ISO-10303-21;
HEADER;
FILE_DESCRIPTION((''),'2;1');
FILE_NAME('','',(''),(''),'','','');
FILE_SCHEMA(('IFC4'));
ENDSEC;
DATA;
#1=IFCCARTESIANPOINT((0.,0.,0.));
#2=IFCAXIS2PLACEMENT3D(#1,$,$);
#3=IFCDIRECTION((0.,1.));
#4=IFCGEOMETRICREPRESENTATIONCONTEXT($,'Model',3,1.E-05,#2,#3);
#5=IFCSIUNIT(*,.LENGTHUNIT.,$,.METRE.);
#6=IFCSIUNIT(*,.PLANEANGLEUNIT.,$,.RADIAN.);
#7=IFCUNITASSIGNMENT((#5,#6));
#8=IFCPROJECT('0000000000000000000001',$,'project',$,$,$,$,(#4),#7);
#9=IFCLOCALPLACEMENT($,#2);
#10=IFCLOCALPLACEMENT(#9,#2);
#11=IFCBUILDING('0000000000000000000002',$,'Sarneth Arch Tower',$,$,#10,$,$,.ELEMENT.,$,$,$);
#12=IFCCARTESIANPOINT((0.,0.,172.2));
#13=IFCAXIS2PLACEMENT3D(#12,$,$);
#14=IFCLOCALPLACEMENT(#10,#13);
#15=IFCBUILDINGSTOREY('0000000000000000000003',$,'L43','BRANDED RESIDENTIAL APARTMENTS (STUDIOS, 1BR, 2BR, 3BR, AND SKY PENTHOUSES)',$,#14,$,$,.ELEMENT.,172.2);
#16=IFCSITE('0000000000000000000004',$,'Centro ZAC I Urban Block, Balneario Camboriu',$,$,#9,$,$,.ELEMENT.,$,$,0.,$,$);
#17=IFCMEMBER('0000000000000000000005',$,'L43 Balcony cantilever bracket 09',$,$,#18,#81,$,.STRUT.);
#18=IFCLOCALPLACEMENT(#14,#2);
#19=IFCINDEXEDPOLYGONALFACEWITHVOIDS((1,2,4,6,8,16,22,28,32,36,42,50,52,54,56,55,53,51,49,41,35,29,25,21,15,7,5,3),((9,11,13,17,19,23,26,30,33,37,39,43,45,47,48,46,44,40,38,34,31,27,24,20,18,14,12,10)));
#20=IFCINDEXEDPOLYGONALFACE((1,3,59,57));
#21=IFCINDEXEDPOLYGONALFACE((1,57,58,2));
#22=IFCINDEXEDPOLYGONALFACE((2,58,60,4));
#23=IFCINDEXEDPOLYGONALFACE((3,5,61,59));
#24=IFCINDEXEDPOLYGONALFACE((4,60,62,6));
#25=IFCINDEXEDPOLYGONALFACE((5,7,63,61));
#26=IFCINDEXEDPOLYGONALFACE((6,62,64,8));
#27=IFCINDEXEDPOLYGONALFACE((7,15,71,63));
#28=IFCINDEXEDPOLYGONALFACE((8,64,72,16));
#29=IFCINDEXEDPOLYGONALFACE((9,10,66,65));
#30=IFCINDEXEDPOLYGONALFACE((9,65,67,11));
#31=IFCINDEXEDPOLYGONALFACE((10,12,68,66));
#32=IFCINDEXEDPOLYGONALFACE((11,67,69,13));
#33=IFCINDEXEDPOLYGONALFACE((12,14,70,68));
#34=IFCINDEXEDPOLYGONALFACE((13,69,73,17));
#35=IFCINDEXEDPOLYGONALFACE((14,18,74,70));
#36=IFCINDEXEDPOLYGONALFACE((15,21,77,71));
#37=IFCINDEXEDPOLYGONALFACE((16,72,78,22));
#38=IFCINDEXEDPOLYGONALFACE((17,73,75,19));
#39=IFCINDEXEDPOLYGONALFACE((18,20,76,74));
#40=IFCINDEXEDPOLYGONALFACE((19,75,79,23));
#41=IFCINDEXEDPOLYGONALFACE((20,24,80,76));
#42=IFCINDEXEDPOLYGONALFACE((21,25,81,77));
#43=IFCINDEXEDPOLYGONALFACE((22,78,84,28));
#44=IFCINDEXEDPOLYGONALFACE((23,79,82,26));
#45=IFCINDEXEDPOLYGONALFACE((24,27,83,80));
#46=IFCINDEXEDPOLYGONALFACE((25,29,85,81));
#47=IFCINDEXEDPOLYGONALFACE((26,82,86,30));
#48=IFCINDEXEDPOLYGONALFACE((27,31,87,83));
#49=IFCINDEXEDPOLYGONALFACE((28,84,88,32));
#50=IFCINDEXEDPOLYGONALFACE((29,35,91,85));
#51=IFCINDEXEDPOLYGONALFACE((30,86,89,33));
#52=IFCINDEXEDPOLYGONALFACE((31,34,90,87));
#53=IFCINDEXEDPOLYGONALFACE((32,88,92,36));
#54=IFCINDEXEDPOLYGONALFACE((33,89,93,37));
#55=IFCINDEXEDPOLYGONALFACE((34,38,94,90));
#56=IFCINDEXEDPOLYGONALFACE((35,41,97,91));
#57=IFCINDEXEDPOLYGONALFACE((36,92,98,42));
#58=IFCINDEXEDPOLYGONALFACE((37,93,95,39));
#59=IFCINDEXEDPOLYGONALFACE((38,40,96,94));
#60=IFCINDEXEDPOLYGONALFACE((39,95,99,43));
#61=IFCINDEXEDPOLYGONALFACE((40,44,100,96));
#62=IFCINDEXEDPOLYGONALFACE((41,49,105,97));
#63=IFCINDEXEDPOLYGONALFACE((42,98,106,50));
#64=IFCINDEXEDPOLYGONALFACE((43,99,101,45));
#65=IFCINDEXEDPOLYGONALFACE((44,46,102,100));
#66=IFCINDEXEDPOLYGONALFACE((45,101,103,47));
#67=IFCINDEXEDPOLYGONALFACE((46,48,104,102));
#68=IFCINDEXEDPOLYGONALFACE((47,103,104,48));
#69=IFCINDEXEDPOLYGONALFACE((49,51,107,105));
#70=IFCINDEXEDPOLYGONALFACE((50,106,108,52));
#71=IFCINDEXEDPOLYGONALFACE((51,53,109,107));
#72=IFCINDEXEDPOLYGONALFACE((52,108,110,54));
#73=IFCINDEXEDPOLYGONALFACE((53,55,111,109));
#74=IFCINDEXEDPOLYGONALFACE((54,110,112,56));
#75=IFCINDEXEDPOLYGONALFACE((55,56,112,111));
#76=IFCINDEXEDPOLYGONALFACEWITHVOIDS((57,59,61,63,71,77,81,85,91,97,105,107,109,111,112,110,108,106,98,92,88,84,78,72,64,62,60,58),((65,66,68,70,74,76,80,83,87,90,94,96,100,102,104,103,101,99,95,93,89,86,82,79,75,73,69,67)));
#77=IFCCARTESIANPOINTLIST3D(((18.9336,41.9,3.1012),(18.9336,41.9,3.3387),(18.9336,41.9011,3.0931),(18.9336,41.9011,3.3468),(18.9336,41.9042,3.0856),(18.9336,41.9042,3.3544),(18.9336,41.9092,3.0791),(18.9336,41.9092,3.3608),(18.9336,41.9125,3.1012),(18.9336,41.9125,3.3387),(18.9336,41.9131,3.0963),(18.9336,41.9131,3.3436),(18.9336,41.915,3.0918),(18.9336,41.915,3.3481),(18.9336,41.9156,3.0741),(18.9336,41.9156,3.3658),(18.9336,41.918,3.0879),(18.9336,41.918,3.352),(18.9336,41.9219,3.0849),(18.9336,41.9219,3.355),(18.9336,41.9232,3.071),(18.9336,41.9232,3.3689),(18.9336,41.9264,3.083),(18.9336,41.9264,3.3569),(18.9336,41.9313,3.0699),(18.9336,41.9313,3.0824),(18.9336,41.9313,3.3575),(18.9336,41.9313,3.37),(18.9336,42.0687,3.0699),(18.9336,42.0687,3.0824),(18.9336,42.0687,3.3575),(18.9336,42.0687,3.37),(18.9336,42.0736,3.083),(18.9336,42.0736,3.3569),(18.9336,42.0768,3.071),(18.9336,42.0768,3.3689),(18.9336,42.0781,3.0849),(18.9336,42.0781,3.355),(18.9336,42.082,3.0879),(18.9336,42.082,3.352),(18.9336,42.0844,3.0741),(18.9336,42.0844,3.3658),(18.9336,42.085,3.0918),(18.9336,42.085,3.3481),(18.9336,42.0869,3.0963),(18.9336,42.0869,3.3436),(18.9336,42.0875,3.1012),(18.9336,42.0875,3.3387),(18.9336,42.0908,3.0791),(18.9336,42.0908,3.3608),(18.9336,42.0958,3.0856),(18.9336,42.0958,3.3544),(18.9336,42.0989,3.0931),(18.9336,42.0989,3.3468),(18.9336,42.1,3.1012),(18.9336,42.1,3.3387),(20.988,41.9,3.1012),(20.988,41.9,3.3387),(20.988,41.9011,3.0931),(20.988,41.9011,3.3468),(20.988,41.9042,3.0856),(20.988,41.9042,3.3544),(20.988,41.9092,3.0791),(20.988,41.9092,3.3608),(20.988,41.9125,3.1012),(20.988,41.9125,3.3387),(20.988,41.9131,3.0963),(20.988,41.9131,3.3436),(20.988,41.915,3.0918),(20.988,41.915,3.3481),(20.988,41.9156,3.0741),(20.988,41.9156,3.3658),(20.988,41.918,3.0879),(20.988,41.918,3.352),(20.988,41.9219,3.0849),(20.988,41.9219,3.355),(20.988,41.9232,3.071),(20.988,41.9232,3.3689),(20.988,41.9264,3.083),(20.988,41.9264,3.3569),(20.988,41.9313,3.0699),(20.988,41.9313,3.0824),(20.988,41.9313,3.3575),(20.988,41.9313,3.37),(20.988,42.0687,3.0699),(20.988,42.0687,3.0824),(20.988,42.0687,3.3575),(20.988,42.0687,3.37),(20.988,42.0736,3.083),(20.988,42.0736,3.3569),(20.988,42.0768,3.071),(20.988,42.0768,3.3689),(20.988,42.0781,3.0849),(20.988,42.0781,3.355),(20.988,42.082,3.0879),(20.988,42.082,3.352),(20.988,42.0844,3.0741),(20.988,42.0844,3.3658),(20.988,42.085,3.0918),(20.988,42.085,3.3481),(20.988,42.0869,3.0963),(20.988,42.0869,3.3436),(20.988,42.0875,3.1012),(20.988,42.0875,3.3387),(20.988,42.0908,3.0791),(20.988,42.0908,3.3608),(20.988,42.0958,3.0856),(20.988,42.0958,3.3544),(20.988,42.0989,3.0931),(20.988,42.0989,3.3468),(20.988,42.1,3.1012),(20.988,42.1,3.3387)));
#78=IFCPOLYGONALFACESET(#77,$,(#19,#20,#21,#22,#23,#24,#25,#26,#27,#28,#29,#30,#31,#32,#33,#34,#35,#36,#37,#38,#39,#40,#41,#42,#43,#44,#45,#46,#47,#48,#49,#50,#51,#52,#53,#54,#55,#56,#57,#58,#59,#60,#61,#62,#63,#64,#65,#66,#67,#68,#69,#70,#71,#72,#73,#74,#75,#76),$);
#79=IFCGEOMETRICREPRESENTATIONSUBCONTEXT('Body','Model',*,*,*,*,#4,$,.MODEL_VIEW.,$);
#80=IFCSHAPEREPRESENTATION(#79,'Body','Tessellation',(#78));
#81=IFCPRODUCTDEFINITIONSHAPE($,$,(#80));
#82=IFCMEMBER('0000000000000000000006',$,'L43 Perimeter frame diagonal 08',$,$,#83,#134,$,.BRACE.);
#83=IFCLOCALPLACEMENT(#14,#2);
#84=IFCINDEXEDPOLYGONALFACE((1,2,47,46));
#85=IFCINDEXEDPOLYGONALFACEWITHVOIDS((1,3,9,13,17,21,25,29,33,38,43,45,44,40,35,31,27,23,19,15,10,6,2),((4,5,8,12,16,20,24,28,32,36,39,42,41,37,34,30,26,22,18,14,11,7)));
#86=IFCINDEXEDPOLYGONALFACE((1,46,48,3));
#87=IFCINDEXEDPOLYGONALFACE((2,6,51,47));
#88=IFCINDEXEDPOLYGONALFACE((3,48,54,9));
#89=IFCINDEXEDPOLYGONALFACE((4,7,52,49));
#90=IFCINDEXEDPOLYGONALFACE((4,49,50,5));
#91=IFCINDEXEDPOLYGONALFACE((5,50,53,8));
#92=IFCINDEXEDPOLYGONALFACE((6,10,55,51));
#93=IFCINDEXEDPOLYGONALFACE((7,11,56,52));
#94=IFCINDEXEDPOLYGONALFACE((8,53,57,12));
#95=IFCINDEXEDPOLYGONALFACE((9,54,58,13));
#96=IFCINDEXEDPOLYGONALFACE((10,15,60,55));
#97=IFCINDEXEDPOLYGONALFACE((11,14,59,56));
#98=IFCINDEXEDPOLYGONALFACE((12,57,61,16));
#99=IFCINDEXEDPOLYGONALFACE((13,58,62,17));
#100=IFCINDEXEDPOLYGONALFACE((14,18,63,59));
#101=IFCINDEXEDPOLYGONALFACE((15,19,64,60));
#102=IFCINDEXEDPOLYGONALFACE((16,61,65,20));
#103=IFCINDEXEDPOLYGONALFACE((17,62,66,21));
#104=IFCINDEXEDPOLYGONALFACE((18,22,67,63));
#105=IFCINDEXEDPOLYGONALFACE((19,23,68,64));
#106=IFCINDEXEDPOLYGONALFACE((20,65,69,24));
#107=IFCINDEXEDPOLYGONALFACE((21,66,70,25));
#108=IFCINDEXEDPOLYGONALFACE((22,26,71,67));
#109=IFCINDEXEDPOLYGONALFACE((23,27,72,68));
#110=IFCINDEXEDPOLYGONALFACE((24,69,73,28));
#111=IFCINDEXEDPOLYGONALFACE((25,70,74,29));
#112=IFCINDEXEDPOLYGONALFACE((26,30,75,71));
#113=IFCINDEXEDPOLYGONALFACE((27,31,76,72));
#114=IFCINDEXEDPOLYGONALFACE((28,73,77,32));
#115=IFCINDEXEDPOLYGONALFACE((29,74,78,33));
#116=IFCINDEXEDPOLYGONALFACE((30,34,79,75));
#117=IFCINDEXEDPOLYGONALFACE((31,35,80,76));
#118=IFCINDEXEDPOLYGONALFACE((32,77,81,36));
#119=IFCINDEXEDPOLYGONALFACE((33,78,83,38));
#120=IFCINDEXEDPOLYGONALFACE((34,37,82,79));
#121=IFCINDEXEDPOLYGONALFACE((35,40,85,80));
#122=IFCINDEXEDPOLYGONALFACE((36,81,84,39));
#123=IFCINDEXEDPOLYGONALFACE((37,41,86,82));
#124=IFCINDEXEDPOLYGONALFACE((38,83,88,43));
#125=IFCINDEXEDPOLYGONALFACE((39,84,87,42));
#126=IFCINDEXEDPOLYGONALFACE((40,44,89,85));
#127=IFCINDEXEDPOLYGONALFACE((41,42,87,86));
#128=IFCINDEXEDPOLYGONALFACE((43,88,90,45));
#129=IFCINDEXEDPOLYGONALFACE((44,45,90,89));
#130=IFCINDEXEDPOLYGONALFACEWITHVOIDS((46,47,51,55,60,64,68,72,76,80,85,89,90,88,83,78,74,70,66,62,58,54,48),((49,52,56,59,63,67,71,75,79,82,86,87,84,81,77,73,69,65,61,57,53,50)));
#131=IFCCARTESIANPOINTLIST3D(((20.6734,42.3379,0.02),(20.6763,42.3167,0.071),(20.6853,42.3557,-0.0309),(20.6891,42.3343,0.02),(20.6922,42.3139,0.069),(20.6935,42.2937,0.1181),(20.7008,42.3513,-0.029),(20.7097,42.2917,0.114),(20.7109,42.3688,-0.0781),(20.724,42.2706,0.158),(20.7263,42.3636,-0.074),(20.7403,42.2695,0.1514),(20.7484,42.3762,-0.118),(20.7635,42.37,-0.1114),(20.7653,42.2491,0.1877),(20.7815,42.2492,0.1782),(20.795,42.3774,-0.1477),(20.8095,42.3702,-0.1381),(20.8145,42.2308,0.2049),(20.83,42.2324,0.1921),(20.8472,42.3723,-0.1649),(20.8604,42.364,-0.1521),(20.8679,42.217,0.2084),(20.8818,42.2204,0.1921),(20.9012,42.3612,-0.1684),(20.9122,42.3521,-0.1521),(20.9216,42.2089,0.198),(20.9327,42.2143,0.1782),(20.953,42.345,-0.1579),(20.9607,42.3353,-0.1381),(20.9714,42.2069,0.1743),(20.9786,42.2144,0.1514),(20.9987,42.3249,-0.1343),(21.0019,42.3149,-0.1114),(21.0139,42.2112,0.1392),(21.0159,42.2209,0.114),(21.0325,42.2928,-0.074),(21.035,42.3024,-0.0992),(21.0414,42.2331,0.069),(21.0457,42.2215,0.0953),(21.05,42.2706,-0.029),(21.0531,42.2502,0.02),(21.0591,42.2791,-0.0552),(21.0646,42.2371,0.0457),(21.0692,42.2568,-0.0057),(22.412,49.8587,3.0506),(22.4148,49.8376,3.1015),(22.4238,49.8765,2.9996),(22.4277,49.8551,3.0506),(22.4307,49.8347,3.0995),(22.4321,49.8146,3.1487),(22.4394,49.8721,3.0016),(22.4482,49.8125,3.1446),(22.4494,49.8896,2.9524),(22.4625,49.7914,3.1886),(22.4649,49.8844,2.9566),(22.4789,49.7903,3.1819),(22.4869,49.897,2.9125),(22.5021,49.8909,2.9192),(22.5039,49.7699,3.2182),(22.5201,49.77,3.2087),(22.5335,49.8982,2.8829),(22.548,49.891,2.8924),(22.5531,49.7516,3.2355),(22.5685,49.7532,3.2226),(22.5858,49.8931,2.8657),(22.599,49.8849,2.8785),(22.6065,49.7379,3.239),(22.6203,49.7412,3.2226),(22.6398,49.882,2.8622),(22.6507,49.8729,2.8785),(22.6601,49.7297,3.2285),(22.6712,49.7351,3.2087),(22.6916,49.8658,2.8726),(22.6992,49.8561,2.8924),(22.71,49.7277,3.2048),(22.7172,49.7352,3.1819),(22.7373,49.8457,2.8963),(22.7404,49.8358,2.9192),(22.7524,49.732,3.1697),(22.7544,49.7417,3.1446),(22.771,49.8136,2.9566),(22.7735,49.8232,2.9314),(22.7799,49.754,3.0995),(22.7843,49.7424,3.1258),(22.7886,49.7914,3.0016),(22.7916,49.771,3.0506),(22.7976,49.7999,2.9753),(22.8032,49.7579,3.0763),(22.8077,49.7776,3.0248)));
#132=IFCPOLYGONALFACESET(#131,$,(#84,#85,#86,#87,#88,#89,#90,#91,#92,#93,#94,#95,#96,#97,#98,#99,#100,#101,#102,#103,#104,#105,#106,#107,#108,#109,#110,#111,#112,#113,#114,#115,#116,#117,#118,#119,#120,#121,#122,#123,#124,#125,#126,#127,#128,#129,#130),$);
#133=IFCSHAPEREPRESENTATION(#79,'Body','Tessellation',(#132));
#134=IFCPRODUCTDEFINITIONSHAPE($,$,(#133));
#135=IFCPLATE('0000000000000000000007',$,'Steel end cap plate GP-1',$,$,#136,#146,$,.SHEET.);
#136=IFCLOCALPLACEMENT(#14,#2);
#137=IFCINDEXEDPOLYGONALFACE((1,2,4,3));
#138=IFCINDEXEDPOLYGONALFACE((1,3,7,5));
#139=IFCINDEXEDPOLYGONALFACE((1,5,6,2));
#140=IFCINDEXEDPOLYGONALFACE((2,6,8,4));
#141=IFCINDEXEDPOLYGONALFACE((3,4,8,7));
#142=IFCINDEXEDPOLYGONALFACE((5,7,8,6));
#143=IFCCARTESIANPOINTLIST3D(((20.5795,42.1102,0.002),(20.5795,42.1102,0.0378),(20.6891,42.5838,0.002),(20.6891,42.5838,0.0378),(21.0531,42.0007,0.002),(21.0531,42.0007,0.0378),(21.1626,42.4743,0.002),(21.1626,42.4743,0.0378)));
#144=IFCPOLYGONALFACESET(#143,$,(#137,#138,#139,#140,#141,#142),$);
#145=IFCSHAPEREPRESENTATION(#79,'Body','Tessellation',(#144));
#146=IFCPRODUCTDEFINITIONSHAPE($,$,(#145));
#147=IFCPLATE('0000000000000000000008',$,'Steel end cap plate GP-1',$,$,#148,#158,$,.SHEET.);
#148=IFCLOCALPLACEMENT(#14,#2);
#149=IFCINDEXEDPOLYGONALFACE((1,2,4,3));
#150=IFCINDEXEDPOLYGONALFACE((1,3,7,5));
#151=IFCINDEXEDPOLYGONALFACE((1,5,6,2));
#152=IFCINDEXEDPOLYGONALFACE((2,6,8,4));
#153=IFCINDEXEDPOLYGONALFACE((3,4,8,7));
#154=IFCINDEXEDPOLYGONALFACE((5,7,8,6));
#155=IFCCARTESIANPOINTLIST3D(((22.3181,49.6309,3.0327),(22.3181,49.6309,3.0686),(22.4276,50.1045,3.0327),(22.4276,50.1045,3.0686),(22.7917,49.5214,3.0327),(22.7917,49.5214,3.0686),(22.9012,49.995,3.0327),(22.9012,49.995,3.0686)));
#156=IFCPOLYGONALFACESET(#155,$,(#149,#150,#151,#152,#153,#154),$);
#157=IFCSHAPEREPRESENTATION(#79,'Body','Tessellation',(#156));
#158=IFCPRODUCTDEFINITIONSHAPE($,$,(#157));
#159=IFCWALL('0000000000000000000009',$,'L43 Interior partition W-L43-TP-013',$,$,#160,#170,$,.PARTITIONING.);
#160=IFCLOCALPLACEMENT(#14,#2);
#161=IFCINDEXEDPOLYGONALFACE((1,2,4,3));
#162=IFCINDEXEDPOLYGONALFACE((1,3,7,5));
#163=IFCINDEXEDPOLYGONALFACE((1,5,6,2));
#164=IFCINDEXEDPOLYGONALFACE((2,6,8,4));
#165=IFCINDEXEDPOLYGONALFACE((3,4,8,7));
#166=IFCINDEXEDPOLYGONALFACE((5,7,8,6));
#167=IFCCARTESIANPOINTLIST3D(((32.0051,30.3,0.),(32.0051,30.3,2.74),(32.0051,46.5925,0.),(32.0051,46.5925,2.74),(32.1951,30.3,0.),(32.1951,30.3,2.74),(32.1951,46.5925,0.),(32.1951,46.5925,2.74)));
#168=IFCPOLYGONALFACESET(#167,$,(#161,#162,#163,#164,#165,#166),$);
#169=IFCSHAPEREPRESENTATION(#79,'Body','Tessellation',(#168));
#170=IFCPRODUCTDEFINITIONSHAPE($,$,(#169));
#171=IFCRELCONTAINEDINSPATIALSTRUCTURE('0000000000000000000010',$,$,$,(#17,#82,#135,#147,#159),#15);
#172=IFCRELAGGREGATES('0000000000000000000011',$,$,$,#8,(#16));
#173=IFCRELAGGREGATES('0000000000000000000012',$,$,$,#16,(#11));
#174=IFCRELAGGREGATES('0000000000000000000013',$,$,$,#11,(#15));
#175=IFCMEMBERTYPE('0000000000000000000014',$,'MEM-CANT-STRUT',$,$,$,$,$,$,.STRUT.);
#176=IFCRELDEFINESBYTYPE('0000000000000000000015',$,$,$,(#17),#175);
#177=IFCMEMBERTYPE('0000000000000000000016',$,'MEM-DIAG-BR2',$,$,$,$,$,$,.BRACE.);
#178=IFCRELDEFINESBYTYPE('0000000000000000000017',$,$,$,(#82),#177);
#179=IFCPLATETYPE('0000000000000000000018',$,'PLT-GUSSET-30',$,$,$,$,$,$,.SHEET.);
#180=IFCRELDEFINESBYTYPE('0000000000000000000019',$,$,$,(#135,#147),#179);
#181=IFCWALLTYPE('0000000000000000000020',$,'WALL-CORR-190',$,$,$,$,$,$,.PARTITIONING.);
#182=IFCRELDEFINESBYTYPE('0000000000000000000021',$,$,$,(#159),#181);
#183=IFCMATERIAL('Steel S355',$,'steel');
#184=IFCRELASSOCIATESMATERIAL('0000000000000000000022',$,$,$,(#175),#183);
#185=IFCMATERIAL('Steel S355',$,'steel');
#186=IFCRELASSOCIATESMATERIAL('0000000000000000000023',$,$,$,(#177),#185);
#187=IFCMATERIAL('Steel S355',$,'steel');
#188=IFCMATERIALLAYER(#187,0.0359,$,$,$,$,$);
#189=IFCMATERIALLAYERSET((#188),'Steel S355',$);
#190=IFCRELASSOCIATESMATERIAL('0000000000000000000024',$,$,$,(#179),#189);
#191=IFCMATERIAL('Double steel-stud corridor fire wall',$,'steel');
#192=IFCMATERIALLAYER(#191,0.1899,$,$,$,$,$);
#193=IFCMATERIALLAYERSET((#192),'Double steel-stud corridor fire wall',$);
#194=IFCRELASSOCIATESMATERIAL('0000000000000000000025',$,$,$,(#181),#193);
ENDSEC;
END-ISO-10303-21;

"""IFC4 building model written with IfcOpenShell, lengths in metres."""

from ifc_helpers import new_model, si_unit, direction, frame, frame_2d, origin, origin_2d, place, context, subcontext, project, spatial, rectangle, hollow_rectangle, hollow_circle, extrude, material, layer, layer_set, material_profile, profile_set, type_object, element, save


model = new_model("IFC4")

# Units and contexts
model_context = context("Model", 3, precision=1e-05, world=origin(), true_north=direction((0.0, 1.0)))
body_context = subcontext(model_context, "Body", "Model", "MODEL_VIEW")
ifc_project = project(units=[si_unit("LENGTHUNIT", "METRE"), si_unit("PLANEANGLEUNIT", "RADIAN")], contexts=[model_context])

# Site, building, storey
site_placement = place(None, origin())
site = spatial("IfcSite", under=ifc_project, at=site_placement, Name="Centro ZAC I Urban Block, Balneario Camboriu", CompositionType="ELEMENT", RefElevation=0.0)
building_placement = place(site_placement, origin())
building = spatial("IfcBuilding", under=site, at=building_placement, Name="Sarneth Arch Tower", CompositionType="ELEMENT")
storey_placement = place(building_placement, frame((0.0, 0.0, 172.2)))
storey = spatial("IfcBuildingStorey", under=building, at=storey_placement, Name="L43", Description="BRANDED RESIDENTIAL APARTMENTS (STUDIOS, 1BR, 2BR, 3BR, AND SKY PENTHOUSES)", CompositionType="ELEMENT", Elevation=172.2)

# Members
ifc_material_1 = material(Name="Steel S355", Category="steel")
ifc_material_profile_1 = material_profile(ifc_material_1, hollow_rectangle(XDim=0.2, YDim=0.3, WallThickness=0.0125, InnerFilletRadius=0.0188, OuterFilletRadius=0.0312, at=origin_2d()), Name="RHS300x200x12.5")
ifc_profile_set_1 = profile_set([ifc_material_profile_1], Name="Steel S355")
member_type_1 = type_object("IfcMemberType", Name="MEM-CANT-STRUT", PredefinedType="STRUT", material=ifc_profile_set_1)
member_1_placement = place(storey_placement, frame((20.988, 42.0, 3.22), z_axis=(-1.0, 0.0, 0.0), x_axis=(0.0, -1.0, 0.0)))
element("IfcMember", 1, at=member_1_placement, inside=storey, type_object=member_type_1, Name="L43 Balcony cantilever bracket 09", PredefinedType="STRUT", context=body_context, shape_type="SweptSolid", body=[
    extrude(hollow_rectangle(XDim=0.2, YDim=0.3, WallThickness=0.0125, InnerFilletRadius=0.0188, OuterFilletRadius=0.0312, at=origin_2d()), origin(), (0.0, 0.0, 1.0), 2.0544),
])
ifc_material_2 = material(Name="Steel S355", Category="steel")
ifc_material_profile_2 = material_profile(ifc_material_2, hollow_circle(Radius=0.2029, WallThickness=0.0161, at=origin_2d()), Name="CHS406x16")
ifc_profile_set_2 = profile_set([ifc_material_profile_2], Name="Steel S355")
member_type_2 = type_object("IfcMemberType", Name="MEM-DIAG-BR2", PredefinedType="BRACE", material=ifc_profile_set_2)
member_2_placement = place(storey_placement, frame((20.8711, 42.2922, 0.02), z_axis=(0.209646, 0.906917, 0.365446), x_axis=(-0.974307, 0.225224, 0.0)))
element("IfcMember", 2, at=member_2_placement, inside=storey, type_object=member_type_2, Name="L43 Perimeter frame diagonal 08", PredefinedType="BRACE", context=body_context, shape_type="SweptSolid", body=[
    extrude(hollow_circle(Radius=0.2029, WallThickness=0.0161, at=origin_2d()), origin(), (0.0, 0.0, 1.0), 8.2927),
])

# Plates
ifc_material_3 = material(Name="Steel S355", Category="steel")
ifc_layer_1 = layer(ifc_material_3, 0.0359)
ifc_layer_set_1 = layer_set([ifc_layer_1], Name="Steel S355")
plate_type = type_object("IfcPlateType", Name="PLT-GUSSET-30", PredefinedType="SHEET", material=ifc_layer_set_1)
for number, where, z_axis, x_axis, name in (
    (3, (20.8711, 42.2922, 0.002), (0.0, 0.0, 1.0), (-0.225291, -0.974291, 0.0), "Steel end cap plate GP-1"),
    (4, (22.6096, 49.813, 3.0327), (0.0, 0.0, 1.0), (-0.225291, -0.974291, 0.0), "Steel end cap plate GP-1"),
):
    element("IfcPlate", number, at=place(storey_placement, frame(where, z_axis=z_axis, x_axis=x_axis)), inside=storey, type_object=plate_type, Name=name, PredefinedType="SHEET", context=body_context, shape_type="SweptSolid", body=[
        extrude(rectangle(XDim=0.4861, YDim=0.4861, at=origin_2d()), origin(), (0.0, 0.0, 1.0), 0.0359),
    ])

# Wall
ifc_material_4 = material(Name="Double steel-stud corridor fire wall", Category="steel")
ifc_layer_2 = layer(ifc_material_4, 0.1899)
ifc_layer_set_2 = layer_set([ifc_layer_2], Name="Double steel-stud corridor fire wall")
wall_type_1 = type_object("IfcWallType", Name="WALL-CORR-190", PredefinedType="PARTITIONING", material=ifc_layer_set_2)
wall_1_placement = place(storey_placement, frame((32.1001, 46.5925, 0.0), z_axis=(0.0, 0.0, 1.0), x_axis=(0.0, -1.0, 0.0)))
element("IfcWall", 5, at=wall_1_placement, inside=storey, type_object=wall_type_1, Name="L43 Interior partition W-L43-TP-013", PredefinedType="PARTITIONING", context=body_context, shape_type="SweptSolid", body=[
    extrude(rectangle(XDim=16.2925, YDim=0.1899, at=frame_2d((8.1462, 0.0))), origin(), (0.0, 0.0, 1.0), 2.74),
])

save(model, "model.ifc")
